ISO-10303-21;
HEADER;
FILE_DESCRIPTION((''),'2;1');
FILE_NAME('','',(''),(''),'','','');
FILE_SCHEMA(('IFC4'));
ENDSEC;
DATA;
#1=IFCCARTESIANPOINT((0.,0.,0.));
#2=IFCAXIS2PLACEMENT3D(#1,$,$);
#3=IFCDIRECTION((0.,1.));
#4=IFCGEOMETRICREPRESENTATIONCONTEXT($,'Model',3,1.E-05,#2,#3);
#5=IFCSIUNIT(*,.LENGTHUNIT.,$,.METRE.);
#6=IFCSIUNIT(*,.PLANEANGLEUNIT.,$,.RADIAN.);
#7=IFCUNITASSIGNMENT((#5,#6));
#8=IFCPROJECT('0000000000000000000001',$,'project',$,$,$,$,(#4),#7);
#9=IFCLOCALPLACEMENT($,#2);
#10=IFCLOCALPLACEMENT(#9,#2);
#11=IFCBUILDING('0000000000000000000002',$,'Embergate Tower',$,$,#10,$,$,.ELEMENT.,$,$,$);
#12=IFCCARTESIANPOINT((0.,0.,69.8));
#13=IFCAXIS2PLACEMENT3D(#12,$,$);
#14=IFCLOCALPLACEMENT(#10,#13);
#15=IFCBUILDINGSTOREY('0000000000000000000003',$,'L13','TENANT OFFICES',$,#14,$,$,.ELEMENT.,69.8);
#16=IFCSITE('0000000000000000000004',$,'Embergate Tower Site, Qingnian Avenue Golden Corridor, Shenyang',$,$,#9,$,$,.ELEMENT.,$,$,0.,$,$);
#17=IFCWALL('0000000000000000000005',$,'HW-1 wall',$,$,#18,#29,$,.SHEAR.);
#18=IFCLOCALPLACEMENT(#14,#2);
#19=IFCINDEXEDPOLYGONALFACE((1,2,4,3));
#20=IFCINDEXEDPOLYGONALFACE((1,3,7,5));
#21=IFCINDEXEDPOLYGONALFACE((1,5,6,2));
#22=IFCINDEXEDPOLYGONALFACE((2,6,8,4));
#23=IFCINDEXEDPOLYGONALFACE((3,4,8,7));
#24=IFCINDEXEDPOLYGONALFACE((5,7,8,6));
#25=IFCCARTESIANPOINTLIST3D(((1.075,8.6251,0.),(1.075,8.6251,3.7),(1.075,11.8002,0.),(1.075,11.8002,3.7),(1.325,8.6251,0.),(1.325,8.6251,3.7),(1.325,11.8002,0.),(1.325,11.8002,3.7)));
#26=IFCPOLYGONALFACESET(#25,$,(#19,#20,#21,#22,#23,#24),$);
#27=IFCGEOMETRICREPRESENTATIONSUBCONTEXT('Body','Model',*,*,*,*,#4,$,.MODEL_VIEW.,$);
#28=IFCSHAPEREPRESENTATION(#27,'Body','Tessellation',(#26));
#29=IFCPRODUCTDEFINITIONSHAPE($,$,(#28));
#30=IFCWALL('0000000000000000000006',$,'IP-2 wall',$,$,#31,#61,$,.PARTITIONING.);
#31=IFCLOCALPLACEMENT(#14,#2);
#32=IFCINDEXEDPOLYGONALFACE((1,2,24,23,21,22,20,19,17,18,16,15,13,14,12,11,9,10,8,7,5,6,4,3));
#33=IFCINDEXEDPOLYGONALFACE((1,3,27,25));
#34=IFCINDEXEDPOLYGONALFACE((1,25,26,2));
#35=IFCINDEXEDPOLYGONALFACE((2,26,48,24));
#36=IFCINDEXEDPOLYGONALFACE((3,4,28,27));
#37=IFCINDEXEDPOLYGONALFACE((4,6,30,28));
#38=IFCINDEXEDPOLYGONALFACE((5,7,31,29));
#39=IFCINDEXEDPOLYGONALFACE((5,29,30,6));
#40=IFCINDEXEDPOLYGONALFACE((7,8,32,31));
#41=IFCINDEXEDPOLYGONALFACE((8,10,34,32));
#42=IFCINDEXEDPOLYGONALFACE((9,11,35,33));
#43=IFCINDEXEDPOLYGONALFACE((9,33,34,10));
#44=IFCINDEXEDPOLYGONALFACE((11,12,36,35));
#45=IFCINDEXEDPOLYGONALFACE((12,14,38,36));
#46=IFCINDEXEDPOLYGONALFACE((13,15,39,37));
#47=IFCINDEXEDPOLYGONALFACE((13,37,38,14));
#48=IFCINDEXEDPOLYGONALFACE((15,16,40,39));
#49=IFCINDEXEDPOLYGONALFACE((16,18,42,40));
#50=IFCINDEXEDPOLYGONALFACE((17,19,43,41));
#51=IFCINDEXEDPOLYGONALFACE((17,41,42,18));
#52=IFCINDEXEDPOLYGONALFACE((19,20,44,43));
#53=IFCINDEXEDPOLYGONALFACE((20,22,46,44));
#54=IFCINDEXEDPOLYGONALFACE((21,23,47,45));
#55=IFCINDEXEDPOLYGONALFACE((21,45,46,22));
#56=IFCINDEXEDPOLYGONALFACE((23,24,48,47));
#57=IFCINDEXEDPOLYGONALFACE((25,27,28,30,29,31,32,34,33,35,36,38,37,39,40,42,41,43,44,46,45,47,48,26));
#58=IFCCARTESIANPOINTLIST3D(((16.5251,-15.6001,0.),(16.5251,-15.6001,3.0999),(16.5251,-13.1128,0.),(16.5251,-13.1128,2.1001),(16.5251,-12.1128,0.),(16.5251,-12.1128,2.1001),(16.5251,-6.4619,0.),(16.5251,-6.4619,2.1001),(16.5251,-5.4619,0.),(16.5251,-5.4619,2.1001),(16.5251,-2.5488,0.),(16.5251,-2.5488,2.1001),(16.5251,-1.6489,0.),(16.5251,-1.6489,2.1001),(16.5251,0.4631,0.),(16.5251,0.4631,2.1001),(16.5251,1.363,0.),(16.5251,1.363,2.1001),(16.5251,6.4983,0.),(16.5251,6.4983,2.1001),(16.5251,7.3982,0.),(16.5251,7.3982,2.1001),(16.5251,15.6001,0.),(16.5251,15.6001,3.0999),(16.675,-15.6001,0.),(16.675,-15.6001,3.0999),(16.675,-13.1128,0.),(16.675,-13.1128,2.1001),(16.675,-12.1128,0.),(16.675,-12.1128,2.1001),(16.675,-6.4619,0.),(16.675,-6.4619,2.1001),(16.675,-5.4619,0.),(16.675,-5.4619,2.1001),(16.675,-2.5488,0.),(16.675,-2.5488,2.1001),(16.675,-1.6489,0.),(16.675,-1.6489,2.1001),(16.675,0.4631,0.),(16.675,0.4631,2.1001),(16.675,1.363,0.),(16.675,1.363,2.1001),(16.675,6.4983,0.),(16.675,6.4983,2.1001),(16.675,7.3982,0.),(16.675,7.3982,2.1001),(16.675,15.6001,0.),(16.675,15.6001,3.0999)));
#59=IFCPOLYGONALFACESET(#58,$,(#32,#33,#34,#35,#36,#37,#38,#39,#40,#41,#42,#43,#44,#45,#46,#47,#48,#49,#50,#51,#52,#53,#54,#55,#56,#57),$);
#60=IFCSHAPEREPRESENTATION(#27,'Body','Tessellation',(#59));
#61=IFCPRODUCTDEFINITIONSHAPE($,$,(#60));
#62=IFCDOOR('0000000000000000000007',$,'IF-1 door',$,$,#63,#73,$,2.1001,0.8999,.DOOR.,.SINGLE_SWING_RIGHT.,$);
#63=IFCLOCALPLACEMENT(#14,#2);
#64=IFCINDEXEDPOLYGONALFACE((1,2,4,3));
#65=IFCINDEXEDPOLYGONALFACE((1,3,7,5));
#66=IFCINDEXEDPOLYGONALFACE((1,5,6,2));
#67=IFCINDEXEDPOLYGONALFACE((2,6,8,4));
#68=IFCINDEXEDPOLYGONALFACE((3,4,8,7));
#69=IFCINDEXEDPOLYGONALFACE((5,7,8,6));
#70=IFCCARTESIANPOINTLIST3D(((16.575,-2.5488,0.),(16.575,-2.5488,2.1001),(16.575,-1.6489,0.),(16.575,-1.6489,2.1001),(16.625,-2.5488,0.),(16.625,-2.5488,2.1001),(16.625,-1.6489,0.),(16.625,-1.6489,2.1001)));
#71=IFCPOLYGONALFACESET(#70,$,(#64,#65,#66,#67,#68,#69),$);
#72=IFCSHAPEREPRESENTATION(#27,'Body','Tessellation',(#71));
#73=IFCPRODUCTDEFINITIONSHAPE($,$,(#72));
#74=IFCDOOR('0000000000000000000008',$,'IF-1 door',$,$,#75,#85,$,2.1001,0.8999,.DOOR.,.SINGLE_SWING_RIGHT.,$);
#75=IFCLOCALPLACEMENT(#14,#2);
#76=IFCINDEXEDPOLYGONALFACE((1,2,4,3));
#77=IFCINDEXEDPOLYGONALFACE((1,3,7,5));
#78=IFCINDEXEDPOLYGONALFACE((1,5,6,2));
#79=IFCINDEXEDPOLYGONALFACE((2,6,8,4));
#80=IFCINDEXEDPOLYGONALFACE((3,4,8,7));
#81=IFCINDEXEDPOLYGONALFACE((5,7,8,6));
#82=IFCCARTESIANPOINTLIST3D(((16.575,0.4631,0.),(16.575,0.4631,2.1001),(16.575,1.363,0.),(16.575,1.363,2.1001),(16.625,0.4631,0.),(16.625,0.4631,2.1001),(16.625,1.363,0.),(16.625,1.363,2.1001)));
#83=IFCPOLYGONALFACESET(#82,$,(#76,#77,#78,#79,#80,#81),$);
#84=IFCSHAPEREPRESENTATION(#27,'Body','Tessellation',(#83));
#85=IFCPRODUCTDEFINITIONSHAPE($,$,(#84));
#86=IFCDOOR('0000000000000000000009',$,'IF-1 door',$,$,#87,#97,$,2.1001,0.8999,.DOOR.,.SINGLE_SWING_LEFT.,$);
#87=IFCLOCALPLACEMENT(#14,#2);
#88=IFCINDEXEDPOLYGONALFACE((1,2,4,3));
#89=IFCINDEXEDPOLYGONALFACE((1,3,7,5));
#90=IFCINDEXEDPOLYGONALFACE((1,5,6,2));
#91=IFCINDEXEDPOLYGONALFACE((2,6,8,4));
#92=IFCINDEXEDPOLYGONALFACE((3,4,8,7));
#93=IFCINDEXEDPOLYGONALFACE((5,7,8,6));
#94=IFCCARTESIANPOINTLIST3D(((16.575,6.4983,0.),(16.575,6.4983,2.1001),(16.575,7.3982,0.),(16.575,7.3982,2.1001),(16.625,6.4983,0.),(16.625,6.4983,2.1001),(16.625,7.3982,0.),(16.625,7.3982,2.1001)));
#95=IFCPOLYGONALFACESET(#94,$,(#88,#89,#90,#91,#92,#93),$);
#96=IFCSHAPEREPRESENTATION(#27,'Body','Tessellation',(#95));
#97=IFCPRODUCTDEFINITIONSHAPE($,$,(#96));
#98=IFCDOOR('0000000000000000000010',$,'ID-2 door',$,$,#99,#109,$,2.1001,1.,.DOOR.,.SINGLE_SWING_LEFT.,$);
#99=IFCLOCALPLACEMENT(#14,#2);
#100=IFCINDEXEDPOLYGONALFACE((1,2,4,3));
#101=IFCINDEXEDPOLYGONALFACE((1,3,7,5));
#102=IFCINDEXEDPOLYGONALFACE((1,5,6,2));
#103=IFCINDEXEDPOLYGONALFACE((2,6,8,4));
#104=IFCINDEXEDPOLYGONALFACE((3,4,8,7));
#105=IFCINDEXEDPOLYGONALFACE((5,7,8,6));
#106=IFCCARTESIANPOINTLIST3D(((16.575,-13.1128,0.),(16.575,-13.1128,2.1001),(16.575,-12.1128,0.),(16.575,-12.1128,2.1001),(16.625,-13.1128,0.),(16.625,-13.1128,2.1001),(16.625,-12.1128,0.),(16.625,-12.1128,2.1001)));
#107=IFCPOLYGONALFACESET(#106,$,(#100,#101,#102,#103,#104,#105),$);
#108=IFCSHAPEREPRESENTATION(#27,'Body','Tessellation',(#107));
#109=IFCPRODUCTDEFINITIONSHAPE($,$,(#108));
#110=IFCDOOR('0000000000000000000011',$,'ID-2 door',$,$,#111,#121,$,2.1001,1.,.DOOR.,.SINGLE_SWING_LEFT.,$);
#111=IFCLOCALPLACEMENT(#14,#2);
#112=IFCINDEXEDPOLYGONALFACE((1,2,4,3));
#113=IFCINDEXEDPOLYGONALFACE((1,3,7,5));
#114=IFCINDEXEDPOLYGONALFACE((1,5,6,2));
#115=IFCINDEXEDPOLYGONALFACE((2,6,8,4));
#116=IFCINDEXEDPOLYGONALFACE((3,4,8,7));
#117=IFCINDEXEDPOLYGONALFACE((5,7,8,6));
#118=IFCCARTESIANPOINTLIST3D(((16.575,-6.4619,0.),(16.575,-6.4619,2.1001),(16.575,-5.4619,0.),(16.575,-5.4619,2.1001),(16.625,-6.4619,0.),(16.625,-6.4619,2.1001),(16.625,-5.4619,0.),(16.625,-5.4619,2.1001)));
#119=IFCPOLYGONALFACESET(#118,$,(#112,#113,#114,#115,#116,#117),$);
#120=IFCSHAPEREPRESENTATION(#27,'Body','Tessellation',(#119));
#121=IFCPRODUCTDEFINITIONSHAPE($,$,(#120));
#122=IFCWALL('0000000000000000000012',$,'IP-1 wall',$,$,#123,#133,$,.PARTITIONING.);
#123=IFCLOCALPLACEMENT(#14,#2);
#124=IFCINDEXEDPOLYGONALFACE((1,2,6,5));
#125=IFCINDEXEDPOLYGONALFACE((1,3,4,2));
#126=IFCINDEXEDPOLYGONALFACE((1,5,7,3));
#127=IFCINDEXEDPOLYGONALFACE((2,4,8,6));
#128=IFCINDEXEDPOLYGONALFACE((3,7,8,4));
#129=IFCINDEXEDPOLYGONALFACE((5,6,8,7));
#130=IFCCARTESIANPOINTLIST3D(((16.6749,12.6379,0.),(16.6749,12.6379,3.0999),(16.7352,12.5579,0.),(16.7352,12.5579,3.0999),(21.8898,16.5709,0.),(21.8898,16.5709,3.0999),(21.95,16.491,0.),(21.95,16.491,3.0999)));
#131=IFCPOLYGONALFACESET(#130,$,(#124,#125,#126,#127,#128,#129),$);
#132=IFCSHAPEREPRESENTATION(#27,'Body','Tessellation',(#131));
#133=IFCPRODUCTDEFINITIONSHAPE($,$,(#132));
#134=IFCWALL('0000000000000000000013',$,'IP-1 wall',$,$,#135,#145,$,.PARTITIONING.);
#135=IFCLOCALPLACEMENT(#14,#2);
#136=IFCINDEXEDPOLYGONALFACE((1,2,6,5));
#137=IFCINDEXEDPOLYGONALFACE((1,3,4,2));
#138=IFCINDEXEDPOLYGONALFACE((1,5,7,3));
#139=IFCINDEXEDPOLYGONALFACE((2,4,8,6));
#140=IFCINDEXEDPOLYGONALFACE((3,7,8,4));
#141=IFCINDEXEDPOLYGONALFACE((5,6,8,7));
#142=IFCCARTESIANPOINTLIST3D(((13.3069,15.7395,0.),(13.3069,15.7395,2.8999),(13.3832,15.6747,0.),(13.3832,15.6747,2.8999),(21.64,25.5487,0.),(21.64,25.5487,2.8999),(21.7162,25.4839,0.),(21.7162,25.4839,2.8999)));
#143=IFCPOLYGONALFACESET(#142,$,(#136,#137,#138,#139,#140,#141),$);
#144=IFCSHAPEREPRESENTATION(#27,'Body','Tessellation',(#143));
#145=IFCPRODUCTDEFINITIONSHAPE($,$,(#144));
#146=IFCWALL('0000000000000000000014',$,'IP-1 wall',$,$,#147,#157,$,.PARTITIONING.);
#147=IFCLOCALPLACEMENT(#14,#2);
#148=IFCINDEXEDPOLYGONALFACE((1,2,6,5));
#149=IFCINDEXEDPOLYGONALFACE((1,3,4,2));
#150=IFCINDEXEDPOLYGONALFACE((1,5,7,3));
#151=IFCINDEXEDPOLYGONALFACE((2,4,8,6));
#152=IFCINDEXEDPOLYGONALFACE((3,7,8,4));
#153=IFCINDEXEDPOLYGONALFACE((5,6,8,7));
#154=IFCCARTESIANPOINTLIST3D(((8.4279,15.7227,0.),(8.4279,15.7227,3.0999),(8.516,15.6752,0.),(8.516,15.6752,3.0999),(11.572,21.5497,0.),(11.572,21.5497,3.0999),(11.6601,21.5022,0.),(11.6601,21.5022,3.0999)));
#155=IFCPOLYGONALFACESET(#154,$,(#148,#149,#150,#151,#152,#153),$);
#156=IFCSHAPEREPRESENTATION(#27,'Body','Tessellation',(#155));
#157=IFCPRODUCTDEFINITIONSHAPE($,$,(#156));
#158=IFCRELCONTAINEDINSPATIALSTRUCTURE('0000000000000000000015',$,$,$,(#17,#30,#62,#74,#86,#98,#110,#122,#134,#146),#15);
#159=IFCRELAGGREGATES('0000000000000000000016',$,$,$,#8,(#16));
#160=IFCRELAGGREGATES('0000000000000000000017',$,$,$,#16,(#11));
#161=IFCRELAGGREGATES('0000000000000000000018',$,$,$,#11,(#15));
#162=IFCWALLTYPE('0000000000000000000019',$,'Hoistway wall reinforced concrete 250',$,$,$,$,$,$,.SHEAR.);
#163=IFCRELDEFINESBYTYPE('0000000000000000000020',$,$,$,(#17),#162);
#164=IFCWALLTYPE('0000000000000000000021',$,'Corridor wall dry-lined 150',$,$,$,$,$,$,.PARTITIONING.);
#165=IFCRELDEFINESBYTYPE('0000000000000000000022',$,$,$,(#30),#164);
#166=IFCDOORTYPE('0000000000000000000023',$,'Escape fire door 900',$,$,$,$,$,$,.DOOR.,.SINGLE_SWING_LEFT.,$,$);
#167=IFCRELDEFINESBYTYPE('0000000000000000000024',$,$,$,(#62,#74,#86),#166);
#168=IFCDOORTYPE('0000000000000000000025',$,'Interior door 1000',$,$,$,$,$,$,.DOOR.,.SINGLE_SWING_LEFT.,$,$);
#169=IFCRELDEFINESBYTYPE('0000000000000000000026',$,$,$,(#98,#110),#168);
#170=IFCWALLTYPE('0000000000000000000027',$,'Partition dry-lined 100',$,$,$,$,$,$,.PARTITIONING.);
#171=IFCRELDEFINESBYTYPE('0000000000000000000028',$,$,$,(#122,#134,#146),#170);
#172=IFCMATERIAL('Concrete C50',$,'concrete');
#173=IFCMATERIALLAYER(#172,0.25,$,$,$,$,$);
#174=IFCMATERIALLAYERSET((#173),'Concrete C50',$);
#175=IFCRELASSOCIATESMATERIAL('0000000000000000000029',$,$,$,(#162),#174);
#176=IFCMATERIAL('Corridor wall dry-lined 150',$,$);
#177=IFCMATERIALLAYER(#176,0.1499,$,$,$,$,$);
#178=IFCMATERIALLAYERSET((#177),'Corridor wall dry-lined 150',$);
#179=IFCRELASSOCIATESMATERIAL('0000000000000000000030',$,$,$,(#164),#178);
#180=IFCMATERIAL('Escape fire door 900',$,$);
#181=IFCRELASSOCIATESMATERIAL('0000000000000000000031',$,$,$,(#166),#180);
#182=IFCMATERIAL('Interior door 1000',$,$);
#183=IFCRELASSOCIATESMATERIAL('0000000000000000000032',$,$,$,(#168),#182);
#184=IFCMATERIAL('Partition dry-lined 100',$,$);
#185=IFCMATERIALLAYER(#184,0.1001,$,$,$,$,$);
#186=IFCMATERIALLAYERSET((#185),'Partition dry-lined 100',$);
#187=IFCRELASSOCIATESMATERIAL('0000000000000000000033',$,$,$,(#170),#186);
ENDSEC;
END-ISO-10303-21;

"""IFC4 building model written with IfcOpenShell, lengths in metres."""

from ifc_helpers import new_model, si_unit, direction, frame, frame_2d, origin, place, context, subcontext, project, spatial, rectangle, extrude, source, transform, mapped, material, layer, layer_set, type_object, element, fill, save


model = new_model("IFC4")

# Units and contexts
model_context = context("Model", 3, precision=1e-05, world=origin(), true_north=direction((0.0, 1.0)))
body_context = subcontext(model_context, "Body", "Model", "MODEL_VIEW")
ifc_project = project(units=[si_unit("LENGTHUNIT", "METRE"), si_unit("PLANEANGLEUNIT", "RADIAN")], contexts=[model_context])

# Site, building, storey
site_placement = place(None, origin())
site = spatial("IfcSite", under=ifc_project, at=site_placement, Name="Embergate Tower Site, Qingnian Avenue Golden Corridor, Shenyang", CompositionType="ELEMENT", RefElevation=0.0)
building_placement = place(site_placement, origin())
building = spatial("IfcBuilding", under=site, at=building_placement, Name="Embergate Tower", CompositionType="ELEMENT")
storey_placement = place(building_placement, frame((0.0, 0.0, 69.8)))
storey = spatial("IfcBuildingStorey", under=building, at=storey_placement, Name="L13", Description="TENANT OFFICES", CompositionType="ELEMENT", Elevation=69.8)

# Wall
ifc_material_1 = material(Name="Concrete C50", Category="concrete")
ifc_layer_1 = layer(ifc_material_1, 0.25)
ifc_layer_set_1 = layer_set([ifc_layer_1], Name="Concrete C50")
wall_type_1 = type_object("IfcWallType", Name="Hoistway wall reinforced concrete 250", PredefinedType="SHEAR", material=ifc_layer_set_1)
shared_shape_1 = source(origin(), body_context, "Body", "SweptSolid", [
    extrude(rectangle(XDim=3.175, YDim=0.25, at=frame_2d((1.5874, 0.0))), origin(), (0.0, 0.0, 1.0), 3.7),
])
wall_1_placement = place(storey_placement, frame((1.2, 11.8, 0.0), z_axis=(0.0, 0.0, 1.0), x_axis=(0.0, -1.0, 0.0)))
element("IfcWall", 1, at=wall_1_placement, inside=storey, type_object=wall_type_1, Name="HW-1 wall", PredefinedType="SHEAR", context=body_context, shape_type="MappedRepresentation", body=[
    mapped(shared_shape_1, transform((0.0, 0.0, 0.0))),
])

# Wall, openings, doors
ifc_material_2 = material(Name="Corridor wall dry-lined 150")
ifc_layer_2 = layer(ifc_material_2, 0.1499)
ifc_layer_set_2 = layer_set([ifc_layer_2], Name="Corridor wall dry-lined 150")
wall_type_2 = type_object("IfcWallType", Name="Corridor wall dry-lined 150", PredefinedType="PARTITIONING", material=ifc_layer_set_2)
shared_shape_2 = source(origin(), body_context, "Body", "SweptSolid", [
    extrude(rectangle(XDim=31.2002, YDim=0.1499, at=frame_2d((15.6001, 0.0))), origin(), (0.0, 0.0, 1.0), 3.0999),
])
wall_2_placement = place(storey_placement, frame((16.6001, 15.6001, 0.0), z_axis=(0.0, 0.0, 1.0), x_axis=(0.0, -1.0, 0.0)))
wall_2 = element("IfcWall", 2, at=wall_2_placement, inside=storey, type_object=wall_type_2, Name="IP-2 wall", PredefinedType="PARTITIONING", context=body_context, shape_type="MappedRepresentation", body=[
    mapped(shared_shape_2, transform((0.0, 0.0, 0.0))),
])
shared_shape_3 = source(origin(), body_context, "Body", "SweptSolid", [
    extrude(rectangle(XDim=1.0, YDim=2.1001, at=frame_2d((0.5, 1.05))), frame((0.0, 0.085, 0.0), z_axis=(0.0, -1.0, 0.0), x_axis=(1.0, 0.0, 0.0)), (0.0, 0.0, 1.0), 0.1699),
])
opening_1_placement = place(wall_2_placement, frame((27.7129, 0.0, 0.0)))
opening_1 = element("IfcOpeningElement", 3, at=opening_1_placement, cuts=wall_2, PredefinedType="OPENING", context=body_context, shape_type="MappedRepresentation", body=[
    mapped(shared_shape_3, transform((0.0, 0.0, 0.0))),
])
opening_2_placement = place(wall_2_placement, frame((21.062, 0.0, 0.0)))
opening_2 = element("IfcOpeningElement", 4, at=opening_2_placement, cuts=wall_2, PredefinedType="OPENING", context=body_context, shape_type="MappedRepresentation", body=[
    mapped(shared_shape_3, transform((0.0, 0.0, 0.0))),
])
shared_shape_4 = source(origin(), body_context, "Body", "SweptSolid", [
    extrude(rectangle(XDim=0.8999, YDim=2.1001, at=frame_2d((0.45, 1.05))), frame((0.0, 0.085, 0.0), z_axis=(0.0, -1.0, 0.0), x_axis=(1.0, 0.0, 0.0)), (0.0, 0.0, 1.0), 0.1699),
])
opening_3_placement = place(wall_2_placement, frame((17.249, 0.0, 0.0)))
opening_3 = element("IfcOpeningElement", 5, at=opening_3_placement, cuts=wall_2, PredefinedType="OPENING", context=body_context, shape_type="MappedRepresentation", body=[
    mapped(shared_shape_4, transform((0.0, 0.0, 0.0))),
])
opening_4_placement = place(wall_2_placement, frame((14.2371, 0.0, 0.0)))
opening_4 = element("IfcOpeningElement", 6, at=opening_4_placement, cuts=wall_2, PredefinedType="OPENING", context=body_context, shape_type="MappedRepresentation", body=[
    mapped(shared_shape_4, transform((0.0, 0.0, 0.0))),
])
opening_5_placement = place(wall_2_placement, frame((8.2019, 0.0, 0.0)))
opening_5 = element("IfcOpeningElement", 7, at=opening_5_placement, cuts=wall_2, PredefinedType="OPENING", context=body_context, shape_type="MappedRepresentation", body=[
    mapped(shared_shape_4, transform((0.0, 0.0, 0.0))),
])
ifc_material_3 = material(Name="Escape fire door 900")
door_type_1 = type_object("IfcDoorType", Name="Escape fire door 900", OperationType="SINGLE_SWING_LEFT", PredefinedType="DOOR", material=ifc_material_3)
shared_shape_5 = source(origin(), body_context, "Body", "SweptSolid", [
    extrude(rectangle(XDim=0.8999, YDim=2.1001, at=frame_2d((0.45, 1.05))), frame((0.0, 0.0249, 0.0), z_axis=(0.0, -1.0, 0.0), x_axis=(1.0, 0.0, 0.0)), (0.0, 0.0, 1.0), 0.05),
])
door_1_placement = place(opening_3_placement, origin())
door_1 = element("IfcDoor", 8, at=door_1_placement, inside=storey, type_object=door_type_1, Name="IF-1 door", OperationType="SINGLE_SWING_RIGHT", OverallHeight=2.1001, OverallWidth=0.8999, PredefinedType="DOOR", context=body_context, shape_type="MappedRepresentation", body=[
    mapped(shared_shape_5, transform((0.0, 0.0, 0.0))),
])
fill(opening_3, door_1)
door_2_placement = place(opening_4_placement, origin())
door_2 = element("IfcDoor", 9, at=door_2_placement, inside=storey, type_object=door_type_1, Name="IF-1 door", OperationType="SINGLE_SWING_RIGHT", OverallHeight=2.1001, OverallWidth=0.8999, PredefinedType="DOOR", context=body_context, shape_type="MappedRepresentation", body=[
    mapped(shared_shape_5, transform((0.0, 0.0, 0.0))),
])
fill(opening_4, door_2)
door_3_placement = place(opening_5_placement, origin())
door_3 = element("IfcDoor", 10, at=door_3_placement, inside=storey, type_object=door_type_1, Name="IF-1 door", OperationType="SINGLE_SWING_LEFT", OverallHeight=2.1001, OverallWidth=0.8999, PredefinedType="DOOR", context=body_context, shape_type="MappedRepresentation", body=[
    mapped(shared_shape_5, transform((0.0, 0.0, 0.0))),
])
fill(opening_5, door_3)
ifc_material_4 = material(Name="Interior door 1000")
door_type_2 = type_object("IfcDoorType", Name="Interior door 1000", OperationType="SINGLE_SWING_LEFT", PredefinedType="DOOR", material=ifc_material_4)
shared_shape_6 = source(origin(), body_context, "Body", "SweptSolid", [
    extrude(rectangle(XDim=1.0, YDim=2.1001, at=frame_2d((0.5, 1.05))), frame((0.0, 0.0249, 0.0), z_axis=(0.0, -1.0, 0.0), x_axis=(1.0, 0.0, 0.0)), (0.0, 0.0, 1.0), 0.05),
])
door_4_placement = place(opening_1_placement, origin())
door_4 = element("IfcDoor", 11, at=door_4_placement, inside=storey, type_object=door_type_2, Name="ID-2 door", OperationType="SINGLE_SWING_LEFT", OverallHeight=2.1001, OverallWidth=1.0, PredefinedType="DOOR", context=body_context, shape_type="MappedRepresentation", body=[
    mapped(shared_shape_6, transform((0.0, 0.0, 0.0))),
])
fill(opening_1, door_4)
door_5_placement = place(opening_2_placement, origin())
door_5 = element("IfcDoor", 12, at=door_5_placement, inside=storey, type_object=door_type_2, Name="ID-2 door", OperationType="SINGLE_SWING_LEFT", OverallHeight=2.1001, OverallWidth=1.0, PredefinedType="DOOR", context=body_context, shape_type="MappedRepresentation", body=[
    mapped(shared_shape_6, transform((0.0, 0.0, 0.0))),
])
fill(opening_2, door_5)

# Walls
ifc_material_5 = material(Name="Partition dry-lined 100")
ifc_layer_3 = layer(ifc_material_5, 0.1001)
ifc_layer_set_3 = layer_set([ifc_layer_3], Name="Partition dry-lined 100")
wall_type_3 = type_object("IfcWallType", Name="Partition dry-lined 100", PredefinedType="PARTITIONING", material=ifc_layer_set_3)
shared_shape_7 = source(origin(), body_context, "Body", "SweptSolid", [
    extrude(rectangle(XDim=6.5317, YDim=0.1001, at=frame_2d((3.2659, 0.0))), origin(), (0.0, 0.0, 1.0), 3.0999),
])
wall_3_placement = place(storey_placement, frame((16.7051, 12.5979, 0.0), z_axis=(0.0, 0.0, 1.0), x_axis=(0.798382, 0.602151, 0.0)))
element("IfcWall", 13, at=wall_3_placement, inside=storey, type_object=wall_type_3, Name="IP-1 wall", PredefinedType="PARTITIONING", context=body_context, shape_type="MappedRepresentation", body=[
    mapped(shared_shape_7, transform((0.0, 0.0, 0.0))),
])
shared_shape_8 = source(origin(), body_context, "Body", "SweptSolid", [
    extrude(rectangle(XDim=12.8708, YDim=0.1001, at=frame_2d((6.4355, 0.0))), origin(), (0.0, 0.0, 1.0), 2.8999),
])
wall_4_placement = place(storey_placement, frame((13.345, 15.707, 0.0), z_axis=(0.0, 0.0, 1.0), x_axis=(0.647436, 0.76212, 0.0)))
element("IfcWall", 14, at=wall_4_placement, inside=storey, type_object=wall_type_3, Name="IP-1 wall", PredefinedType="PARTITIONING", context=body_context, shape_type="MappedRepresentation", body=[
    mapped(shared_shape_8, transform((0.0, 0.0, 0.0))),
])
shared_shape_9 = source(origin(), body_context, "Body", "SweptSolid", [
    extrude(rectangle(XDim=6.6211, YDim=0.1001, at=frame_2d((3.3105, 0.0))), origin(), (0.0, 0.0, 1.0), 3.0999),
])
wall_5_placement = place(storey_placement, frame((8.4719, 15.699, 0.0), z_axis=(0.0, 0.0, 1.0), x_axis=(0.474858, 0.880062, 0.0)))
element("IfcWall", 15, at=wall_5_placement, inside=storey, type_object=wall_type_3, Name="IP-1 wall", PredefinedType="PARTITIONING", context=body_context, shape_type="MappedRepresentation", body=[
    mapped(shared_shape_9, transform((0.0, 0.0, 0.0))),
])

save(model, "model.ifc")
